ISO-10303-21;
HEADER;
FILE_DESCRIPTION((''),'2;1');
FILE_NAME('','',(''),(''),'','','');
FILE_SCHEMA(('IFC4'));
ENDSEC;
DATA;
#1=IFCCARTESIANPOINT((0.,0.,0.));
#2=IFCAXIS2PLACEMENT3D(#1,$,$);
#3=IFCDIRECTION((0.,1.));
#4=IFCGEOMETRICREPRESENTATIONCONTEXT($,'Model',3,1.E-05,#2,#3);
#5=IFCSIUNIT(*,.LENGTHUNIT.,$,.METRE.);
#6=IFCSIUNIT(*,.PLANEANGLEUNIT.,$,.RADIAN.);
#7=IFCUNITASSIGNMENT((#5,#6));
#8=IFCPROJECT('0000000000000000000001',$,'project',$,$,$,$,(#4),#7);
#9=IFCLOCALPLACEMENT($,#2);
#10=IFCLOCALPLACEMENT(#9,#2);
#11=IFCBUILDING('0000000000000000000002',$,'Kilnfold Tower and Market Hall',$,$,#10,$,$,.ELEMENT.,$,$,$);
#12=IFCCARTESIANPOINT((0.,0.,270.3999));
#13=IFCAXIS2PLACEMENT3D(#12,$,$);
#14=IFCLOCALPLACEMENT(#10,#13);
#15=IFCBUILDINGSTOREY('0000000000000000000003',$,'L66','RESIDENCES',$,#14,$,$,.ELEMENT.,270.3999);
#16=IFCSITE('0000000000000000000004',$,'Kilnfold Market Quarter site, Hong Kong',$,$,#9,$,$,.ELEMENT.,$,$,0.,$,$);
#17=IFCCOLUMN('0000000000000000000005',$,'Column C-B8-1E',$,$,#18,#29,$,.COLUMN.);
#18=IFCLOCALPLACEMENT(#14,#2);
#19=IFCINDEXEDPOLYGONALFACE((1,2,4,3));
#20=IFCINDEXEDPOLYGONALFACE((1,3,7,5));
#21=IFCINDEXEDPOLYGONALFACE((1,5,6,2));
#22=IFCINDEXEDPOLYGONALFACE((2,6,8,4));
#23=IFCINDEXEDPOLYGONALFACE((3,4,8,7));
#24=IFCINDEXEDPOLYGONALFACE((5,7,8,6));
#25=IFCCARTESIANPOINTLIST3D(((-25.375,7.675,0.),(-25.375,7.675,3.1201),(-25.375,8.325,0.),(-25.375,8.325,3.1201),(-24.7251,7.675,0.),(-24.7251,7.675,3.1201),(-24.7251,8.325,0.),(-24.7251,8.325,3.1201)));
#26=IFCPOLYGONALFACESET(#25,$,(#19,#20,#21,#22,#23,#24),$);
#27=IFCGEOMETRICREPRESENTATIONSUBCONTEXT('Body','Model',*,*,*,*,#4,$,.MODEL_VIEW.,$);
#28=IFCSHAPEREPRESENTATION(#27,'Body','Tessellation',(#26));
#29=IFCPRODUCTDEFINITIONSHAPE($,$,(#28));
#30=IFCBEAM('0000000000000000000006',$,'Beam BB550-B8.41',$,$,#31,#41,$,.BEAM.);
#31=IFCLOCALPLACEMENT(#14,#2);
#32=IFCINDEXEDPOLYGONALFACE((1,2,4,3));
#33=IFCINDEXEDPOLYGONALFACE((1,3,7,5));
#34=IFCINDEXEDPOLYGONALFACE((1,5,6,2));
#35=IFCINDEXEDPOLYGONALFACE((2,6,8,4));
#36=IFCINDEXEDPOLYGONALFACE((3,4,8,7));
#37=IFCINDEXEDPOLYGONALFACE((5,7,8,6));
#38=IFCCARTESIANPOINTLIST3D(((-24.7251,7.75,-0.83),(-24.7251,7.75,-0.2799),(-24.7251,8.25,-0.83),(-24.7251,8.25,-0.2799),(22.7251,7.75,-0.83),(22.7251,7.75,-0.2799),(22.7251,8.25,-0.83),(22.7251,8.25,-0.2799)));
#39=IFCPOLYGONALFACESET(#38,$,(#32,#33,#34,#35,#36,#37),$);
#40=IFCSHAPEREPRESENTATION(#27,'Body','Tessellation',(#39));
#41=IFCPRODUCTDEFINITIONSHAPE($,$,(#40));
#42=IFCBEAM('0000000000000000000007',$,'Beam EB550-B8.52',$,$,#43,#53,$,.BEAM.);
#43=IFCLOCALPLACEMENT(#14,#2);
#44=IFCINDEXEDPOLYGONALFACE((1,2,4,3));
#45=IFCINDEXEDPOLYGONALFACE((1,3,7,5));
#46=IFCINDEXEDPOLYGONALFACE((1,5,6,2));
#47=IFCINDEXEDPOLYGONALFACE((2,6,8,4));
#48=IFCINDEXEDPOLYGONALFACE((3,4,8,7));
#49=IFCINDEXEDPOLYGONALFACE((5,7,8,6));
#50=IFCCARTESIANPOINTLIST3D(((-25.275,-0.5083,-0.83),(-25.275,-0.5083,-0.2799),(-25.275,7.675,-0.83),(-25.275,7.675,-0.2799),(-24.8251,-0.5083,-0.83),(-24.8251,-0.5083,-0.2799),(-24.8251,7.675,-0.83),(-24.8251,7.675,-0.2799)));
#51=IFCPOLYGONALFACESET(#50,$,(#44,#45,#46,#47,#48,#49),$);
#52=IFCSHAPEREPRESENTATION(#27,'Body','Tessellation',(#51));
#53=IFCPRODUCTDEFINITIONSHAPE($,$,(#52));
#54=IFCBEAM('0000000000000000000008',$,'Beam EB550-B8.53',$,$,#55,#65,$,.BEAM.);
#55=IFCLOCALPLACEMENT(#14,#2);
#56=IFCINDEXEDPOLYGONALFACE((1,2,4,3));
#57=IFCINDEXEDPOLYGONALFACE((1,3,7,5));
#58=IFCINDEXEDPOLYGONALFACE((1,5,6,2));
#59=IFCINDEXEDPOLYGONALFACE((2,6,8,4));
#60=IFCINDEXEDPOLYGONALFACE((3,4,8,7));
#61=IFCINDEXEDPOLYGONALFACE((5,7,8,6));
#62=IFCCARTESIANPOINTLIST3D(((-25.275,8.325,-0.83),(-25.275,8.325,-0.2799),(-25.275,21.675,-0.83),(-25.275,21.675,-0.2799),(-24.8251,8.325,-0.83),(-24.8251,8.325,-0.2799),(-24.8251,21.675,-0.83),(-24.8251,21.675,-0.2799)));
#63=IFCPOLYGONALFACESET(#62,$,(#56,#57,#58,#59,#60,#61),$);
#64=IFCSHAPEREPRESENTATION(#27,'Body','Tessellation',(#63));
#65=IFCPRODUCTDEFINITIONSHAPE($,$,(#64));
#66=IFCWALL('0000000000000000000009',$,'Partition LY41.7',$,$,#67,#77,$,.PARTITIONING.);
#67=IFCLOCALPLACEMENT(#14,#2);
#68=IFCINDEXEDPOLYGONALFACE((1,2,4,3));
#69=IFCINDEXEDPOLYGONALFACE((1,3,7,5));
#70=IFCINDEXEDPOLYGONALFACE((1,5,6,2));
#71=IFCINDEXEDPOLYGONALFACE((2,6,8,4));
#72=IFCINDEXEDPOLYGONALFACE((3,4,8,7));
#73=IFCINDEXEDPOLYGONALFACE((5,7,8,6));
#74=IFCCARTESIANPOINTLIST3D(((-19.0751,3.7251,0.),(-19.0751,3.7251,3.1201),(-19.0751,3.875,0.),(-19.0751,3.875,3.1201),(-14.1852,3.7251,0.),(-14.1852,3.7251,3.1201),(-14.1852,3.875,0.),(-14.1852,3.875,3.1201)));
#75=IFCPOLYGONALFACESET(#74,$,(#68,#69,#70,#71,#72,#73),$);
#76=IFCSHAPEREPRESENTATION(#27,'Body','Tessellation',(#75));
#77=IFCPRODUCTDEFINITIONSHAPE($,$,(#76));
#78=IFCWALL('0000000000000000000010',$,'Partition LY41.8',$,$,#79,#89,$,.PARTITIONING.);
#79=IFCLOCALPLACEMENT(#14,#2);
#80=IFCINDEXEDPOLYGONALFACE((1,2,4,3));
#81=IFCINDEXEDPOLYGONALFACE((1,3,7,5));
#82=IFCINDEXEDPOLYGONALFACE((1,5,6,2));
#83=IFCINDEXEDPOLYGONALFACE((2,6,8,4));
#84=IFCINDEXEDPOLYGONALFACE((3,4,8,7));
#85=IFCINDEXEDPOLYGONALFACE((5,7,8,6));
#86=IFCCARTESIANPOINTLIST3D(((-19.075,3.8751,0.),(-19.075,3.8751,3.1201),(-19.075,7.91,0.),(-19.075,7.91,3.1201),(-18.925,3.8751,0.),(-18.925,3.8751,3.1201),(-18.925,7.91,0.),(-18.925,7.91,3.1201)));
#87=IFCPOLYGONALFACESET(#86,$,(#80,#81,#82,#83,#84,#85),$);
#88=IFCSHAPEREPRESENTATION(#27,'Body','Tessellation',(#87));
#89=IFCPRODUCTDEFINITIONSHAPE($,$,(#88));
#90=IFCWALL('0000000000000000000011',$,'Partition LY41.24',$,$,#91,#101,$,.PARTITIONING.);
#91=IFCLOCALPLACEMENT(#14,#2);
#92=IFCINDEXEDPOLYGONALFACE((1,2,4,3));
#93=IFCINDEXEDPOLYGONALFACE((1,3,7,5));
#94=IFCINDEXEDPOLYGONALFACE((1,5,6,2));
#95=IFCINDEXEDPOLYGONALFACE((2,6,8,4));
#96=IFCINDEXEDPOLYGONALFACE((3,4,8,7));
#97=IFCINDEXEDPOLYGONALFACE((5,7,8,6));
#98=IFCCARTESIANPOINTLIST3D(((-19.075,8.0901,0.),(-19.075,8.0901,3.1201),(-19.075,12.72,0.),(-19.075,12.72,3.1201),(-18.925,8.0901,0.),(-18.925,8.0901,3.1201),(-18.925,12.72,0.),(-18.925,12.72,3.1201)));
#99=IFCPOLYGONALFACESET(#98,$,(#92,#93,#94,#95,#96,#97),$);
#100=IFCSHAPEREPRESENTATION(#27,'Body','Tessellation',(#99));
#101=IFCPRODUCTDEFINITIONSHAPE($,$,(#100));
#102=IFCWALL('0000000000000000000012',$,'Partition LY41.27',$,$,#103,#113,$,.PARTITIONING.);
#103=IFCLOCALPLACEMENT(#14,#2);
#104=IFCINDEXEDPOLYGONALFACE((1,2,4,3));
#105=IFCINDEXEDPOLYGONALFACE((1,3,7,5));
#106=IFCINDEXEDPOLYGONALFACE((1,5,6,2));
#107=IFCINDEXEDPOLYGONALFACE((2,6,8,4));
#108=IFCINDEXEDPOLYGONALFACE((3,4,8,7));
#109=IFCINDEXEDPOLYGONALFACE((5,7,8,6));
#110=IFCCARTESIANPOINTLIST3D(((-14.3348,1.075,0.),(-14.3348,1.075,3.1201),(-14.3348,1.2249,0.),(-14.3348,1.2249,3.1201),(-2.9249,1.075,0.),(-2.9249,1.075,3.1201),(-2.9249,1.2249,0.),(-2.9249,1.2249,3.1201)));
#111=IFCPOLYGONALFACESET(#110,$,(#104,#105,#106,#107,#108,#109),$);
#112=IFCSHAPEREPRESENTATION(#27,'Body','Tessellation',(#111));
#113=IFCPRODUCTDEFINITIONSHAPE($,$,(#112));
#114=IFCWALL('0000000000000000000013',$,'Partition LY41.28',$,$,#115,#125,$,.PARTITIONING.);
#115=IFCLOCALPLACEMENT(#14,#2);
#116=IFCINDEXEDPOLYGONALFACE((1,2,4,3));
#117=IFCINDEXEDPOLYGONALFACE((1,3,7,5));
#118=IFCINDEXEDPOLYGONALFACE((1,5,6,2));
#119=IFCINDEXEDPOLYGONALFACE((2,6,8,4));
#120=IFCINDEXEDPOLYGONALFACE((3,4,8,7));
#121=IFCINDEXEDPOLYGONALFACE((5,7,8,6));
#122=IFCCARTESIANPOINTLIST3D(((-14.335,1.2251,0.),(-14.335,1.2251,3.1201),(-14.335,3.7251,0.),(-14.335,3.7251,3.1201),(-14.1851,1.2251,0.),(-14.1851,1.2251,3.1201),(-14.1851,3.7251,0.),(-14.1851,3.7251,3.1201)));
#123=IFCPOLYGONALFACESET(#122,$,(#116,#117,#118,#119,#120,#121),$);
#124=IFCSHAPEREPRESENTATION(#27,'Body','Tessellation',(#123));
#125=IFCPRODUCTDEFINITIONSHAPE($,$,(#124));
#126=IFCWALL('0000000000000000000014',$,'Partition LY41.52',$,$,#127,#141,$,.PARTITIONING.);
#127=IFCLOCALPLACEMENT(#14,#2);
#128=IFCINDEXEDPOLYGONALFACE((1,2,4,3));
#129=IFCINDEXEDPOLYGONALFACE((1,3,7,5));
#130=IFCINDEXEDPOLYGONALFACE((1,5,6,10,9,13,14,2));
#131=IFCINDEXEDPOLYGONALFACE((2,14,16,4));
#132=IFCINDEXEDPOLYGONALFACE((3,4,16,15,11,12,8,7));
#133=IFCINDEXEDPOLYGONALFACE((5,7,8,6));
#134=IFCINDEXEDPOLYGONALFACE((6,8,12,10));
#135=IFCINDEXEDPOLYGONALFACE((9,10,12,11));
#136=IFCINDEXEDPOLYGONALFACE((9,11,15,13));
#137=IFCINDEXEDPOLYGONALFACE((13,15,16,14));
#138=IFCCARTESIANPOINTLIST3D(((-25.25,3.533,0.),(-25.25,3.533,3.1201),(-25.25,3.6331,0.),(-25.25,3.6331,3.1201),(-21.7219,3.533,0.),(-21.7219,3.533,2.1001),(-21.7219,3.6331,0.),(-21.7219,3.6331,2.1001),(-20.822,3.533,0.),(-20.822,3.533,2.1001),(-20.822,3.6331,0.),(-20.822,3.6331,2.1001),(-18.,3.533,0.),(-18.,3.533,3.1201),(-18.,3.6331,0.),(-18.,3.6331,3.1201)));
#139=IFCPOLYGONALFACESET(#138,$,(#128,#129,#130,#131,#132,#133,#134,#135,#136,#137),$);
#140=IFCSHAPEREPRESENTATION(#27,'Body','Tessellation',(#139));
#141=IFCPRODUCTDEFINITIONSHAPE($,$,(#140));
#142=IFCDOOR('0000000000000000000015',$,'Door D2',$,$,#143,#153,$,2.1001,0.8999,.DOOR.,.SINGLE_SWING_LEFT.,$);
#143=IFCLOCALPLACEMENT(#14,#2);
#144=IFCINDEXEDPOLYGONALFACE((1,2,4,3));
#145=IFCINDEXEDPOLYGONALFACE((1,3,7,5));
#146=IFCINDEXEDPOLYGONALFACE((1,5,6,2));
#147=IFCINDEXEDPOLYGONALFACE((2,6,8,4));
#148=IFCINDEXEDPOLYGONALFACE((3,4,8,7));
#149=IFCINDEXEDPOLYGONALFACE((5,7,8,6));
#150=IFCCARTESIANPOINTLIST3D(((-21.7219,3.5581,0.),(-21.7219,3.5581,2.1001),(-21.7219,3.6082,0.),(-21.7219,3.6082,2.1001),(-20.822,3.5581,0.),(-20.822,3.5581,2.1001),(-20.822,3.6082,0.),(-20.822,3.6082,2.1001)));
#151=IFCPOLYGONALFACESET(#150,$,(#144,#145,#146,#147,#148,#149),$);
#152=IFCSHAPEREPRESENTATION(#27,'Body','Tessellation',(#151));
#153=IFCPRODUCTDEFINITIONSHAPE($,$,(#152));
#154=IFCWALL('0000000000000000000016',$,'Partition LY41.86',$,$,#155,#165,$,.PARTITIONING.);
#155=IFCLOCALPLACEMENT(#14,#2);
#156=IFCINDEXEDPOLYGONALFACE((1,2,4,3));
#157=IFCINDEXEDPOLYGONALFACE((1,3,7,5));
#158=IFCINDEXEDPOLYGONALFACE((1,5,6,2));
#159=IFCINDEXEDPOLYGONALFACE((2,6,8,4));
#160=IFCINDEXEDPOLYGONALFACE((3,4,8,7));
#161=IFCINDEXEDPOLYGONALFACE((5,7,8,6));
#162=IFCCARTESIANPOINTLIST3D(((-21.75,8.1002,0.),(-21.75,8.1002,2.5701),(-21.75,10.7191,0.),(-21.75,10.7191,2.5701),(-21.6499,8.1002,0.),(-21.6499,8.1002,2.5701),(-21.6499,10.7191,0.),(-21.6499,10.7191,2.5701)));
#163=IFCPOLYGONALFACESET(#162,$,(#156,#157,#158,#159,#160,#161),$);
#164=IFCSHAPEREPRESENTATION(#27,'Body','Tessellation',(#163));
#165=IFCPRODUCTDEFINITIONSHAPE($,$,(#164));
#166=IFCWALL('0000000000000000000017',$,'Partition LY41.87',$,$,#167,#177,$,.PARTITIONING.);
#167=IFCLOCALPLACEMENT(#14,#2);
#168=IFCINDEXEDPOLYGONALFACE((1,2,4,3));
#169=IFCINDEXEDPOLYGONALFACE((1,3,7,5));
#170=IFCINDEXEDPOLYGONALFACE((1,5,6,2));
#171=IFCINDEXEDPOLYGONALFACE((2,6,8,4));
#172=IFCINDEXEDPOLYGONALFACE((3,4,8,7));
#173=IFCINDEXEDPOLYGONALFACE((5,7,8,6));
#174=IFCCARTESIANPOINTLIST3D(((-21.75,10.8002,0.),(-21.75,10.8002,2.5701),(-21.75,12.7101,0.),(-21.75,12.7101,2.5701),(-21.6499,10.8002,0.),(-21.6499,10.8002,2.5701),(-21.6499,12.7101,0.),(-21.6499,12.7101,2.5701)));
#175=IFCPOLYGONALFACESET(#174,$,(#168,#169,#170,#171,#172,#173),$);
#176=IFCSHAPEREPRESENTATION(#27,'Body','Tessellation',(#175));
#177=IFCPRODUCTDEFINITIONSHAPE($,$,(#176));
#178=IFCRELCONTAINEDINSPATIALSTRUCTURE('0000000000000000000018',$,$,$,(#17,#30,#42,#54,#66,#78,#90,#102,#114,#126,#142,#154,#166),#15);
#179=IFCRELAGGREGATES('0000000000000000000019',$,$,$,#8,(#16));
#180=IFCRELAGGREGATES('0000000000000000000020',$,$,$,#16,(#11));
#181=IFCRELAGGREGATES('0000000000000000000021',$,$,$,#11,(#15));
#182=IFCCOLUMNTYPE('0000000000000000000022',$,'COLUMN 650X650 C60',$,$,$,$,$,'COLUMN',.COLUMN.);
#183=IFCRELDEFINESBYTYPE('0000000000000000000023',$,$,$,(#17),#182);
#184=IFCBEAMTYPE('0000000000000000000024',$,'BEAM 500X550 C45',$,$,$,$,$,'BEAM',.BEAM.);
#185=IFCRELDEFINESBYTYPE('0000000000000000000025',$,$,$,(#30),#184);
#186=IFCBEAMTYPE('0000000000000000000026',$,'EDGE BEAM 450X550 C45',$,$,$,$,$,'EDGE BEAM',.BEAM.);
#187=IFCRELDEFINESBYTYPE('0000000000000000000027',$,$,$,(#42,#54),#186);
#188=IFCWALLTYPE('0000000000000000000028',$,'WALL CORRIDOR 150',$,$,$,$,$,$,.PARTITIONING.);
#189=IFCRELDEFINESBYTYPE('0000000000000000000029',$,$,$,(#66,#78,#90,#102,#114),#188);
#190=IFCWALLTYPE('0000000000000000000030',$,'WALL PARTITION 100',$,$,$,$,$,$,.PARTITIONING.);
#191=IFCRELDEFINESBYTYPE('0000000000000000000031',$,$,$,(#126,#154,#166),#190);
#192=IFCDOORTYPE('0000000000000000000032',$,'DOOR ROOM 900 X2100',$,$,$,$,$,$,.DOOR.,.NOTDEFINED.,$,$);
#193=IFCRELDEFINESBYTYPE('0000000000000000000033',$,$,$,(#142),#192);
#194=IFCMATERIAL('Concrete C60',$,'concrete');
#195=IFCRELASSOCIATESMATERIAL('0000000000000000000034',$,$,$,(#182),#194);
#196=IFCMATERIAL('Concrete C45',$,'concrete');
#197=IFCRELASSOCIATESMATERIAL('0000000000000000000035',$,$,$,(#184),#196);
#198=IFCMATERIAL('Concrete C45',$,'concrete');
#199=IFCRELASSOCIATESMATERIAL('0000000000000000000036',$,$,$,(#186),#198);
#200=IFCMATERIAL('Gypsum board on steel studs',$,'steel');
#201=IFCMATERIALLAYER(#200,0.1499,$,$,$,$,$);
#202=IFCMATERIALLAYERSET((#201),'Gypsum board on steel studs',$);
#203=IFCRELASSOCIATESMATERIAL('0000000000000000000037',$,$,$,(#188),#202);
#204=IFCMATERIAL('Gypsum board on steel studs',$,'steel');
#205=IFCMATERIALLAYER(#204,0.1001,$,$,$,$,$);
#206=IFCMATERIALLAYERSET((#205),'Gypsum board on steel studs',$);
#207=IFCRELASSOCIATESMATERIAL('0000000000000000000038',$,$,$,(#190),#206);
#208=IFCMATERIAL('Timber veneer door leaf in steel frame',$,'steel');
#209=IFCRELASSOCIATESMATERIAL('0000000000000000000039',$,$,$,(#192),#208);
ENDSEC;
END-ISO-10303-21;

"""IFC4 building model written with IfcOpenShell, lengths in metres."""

from ifc_helpers import new_model, si_unit, direction, frame, frame_2d, origin, origin_2d, place, context, subcontext, project, spatial, rectangle, extrude, source, transform, mapped, material, layer, layer_set, material_profile, profile_set, type_object, element, fill, save


model = new_model("IFC4")

# Units and contexts
model_context = context("Model", 3, precision=1e-05, world=origin(), true_north=direction((0.0, 1.0)))
body_context = subcontext(model_context, "Body", "Model", "MODEL_VIEW")
ifc_project = project(units=[si_unit("LENGTHUNIT", "METRE"), si_unit("PLANEANGLEUNIT", "RADIAN")], contexts=[model_context])

# Site, building, storey
site_placement = place(None, origin())
site = spatial("IfcSite", under=ifc_project, at=site_placement, Name="Kilnfold Market Quarter site, Hong Kong", CompositionType="ELEMENT", RefElevation=0.0)
building_placement = place(site_placement, origin())
building = spatial("IfcBuilding", under=site, at=building_placement, Name="Kilnfold Tower and Market Hall", CompositionType="ELEMENT")
storey_placement = place(building_placement, frame((0.0, 0.0, 270.3999)))
storey = spatial("IfcBuildingStorey", under=building, at=storey_placement, Name="L66", Description="RESIDENCES", CompositionType="ELEMENT", Elevation=270.3999)

# Column
ifc_material_1 = material(Name="Concrete C60", Category="concrete")
ifc_material_profile_1 = material_profile(ifc_material_1, rectangle(XDim=0.6499, YDim=0.6499, at=origin_2d()), Name="RC 650x650")
ifc_profile_set_1 = profile_set([ifc_material_profile_1], Name="Concrete C60")
column_type = type_object("IfcColumnType", Name="COLUMN 650X650 C60", ElementType="COLUMN", PredefinedType="COLUMN", material=ifc_profile_set_1)
shared_shape_1 = source(origin(), body_context, "Body", "SweptSolid", [
    extrude(rectangle(XDim=0.6499, YDim=0.6499, at=origin_2d()), origin(), (0.0, 0.0, 1.0), 3.1201),
])
column_placement = place(storey_placement, frame((-25.05, 8.0, 0.0), z_axis=(0.0, 0.0, 1.0), x_axis=(1.0, 0.0, 0.0)))
element("IfcColumn", 1, at=column_placement, inside=storey, type_object=column_type, Name="Column C-B8-1E", PredefinedType="COLUMN", context=body_context, shape_type="MappedRepresentation", body=[
    mapped(shared_shape_1, transform((0.0, 0.0, 0.0))),
])

# Beams
ifc_material_2 = material(Name="Concrete C45", Category="concrete")
ifc_material_profile_2 = material_profile(ifc_material_2, rectangle(XDim=0.5, YDim=0.55, at=origin_2d()), Name="RC 500x550")
ifc_profile_set_2 = profile_set([ifc_material_profile_2], Name="Concrete C45")
beam_type_1 = type_object("IfcBeamType", Name="BEAM 500X550 C45", ElementType="BEAM", PredefinedType="BEAM", material=ifc_profile_set_2)
shared_shape_2 = source(origin(), body_context, "Body", "SweptSolid", [
    extrude(rectangle(XDim=0.5, YDim=0.55, at=origin_2d()), origin(), (0.0, 0.0, 1.0), 47.4502),
])
beam_1_placement = place(storey_placement, frame((-24.7251, 8.0, -0.5549), z_axis=(1.0, 0.0, 0.0), x_axis=(0.0, 1.0, 0.0)))
element("IfcBeam", 2, at=beam_1_placement, inside=storey, type_object=beam_type_1, Name="Beam BB550-B8.41", PredefinedType="BEAM", context=body_context, shape_type="MappedRepresentation", body=[
    mapped(shared_shape_2, transform((0.0, 0.0, 0.0))),
])
ifc_material_3 = material(Name="Concrete C45", Category="concrete")
ifc_material_profile_3 = material_profile(ifc_material_3, rectangle(XDim=0.45, YDim=0.55, at=origin_2d()), Name="RC 450x550")
ifc_profile_set_3 = profile_set([ifc_material_profile_3], Name="Concrete C45")
beam_type_2 = type_object("IfcBeamType", Name="EDGE BEAM 450X550 C45", ElementType="EDGE BEAM", PredefinedType="BEAM", material=ifc_profile_set_3)
shared_shape_3 = source(origin(), body_context, "Body", "SweptSolid", [
    extrude(rectangle(XDim=0.45, YDim=0.55, at=origin_2d()), origin(), (0.0, 0.0, 1.0), 8.1833),
])
beam_2_placement = place(storey_placement, frame((-25.05, -0.5083, -0.5549), z_axis=(0.0, 1.0, 0.0), x_axis=(-1.0, 0.0, 0.0)))
element("IfcBeam", 3, at=beam_2_placement, inside=storey, type_object=beam_type_2, Name="Beam EB550-B8.52", PredefinedType="BEAM", context=body_context, shape_type="MappedRepresentation", body=[
    mapped(shared_shape_3, transform((0.0, 0.0, 0.0))),
])
shared_shape_4 = source(origin(), body_context, "Body", "SweptSolid", [
    extrude(rectangle(XDim=0.45, YDim=0.55, at=origin_2d()), origin(), (0.0, 0.0, 1.0), 13.3501),
])
beam_3_placement = place(storey_placement, frame((-25.05, 8.325, -0.5549), z_axis=(0.0, 1.0, 0.0), x_axis=(-1.0, 0.0, 0.0)))
element("IfcBeam", 4, at=beam_3_placement, inside=storey, type_object=beam_type_2, Name="Beam EB550-B8.53", PredefinedType="BEAM", context=body_context, shape_type="MappedRepresentation", body=[
    mapped(shared_shape_4, transform((0.0, 0.0, 0.0))),
])

# Walls
ifc_material_4 = material(Name="Gypsum board on steel studs", Category="steel")
ifc_layer_1 = layer(ifc_material_4, 0.1499)
ifc_layer_set_1 = layer_set([ifc_layer_1], Name="Gypsum board on steel studs")
wall_type_1 = type_object("IfcWallType", Name="WALL CORRIDOR 150", PredefinedType="PARTITIONING", material=ifc_layer_set_1)
wall_1_placement = place(storey_placement, frame((-19.075, 3.8, 0.0), z_axis=(0.0, 0.0, 1.0), x_axis=(1.0, 0.0, 0.0)))
element("IfcWall", 5, at=wall_1_placement, inside=storey, type_object=wall_type_1, Name="Partition LY41.7", PredefinedType="PARTITIONING", context=body_context, shape_type="SweptSolid", body=[
    extrude(rectangle(XDim=4.8899, YDim=0.1499, at=frame_2d((2.4448, 0.0))), origin(), (0.0, 0.0, 1.0), 3.1201),
])
wall_2_placement = place(storey_placement, frame((-19.0, 3.875, 0.0), z_axis=(0.0, 0.0, 1.0), x_axis=(0.0, 1.0, 0.0)))
element("IfcWall", 6, at=wall_2_placement, inside=storey, type_object=wall_type_1, Name="Partition LY41.8", PredefinedType="PARTITIONING", context=body_context, shape_type="SweptSolid", body=[
    extrude(rectangle(XDim=4.0349, YDim=0.1499, at=frame_2d((2.0176, 0.0))), origin(), (0.0, 0.0, 1.0), 3.1201),
])
wall_3_placement = place(storey_placement, frame((-19.0, 8.0901, 0.0), z_axis=(0.0, 0.0, 1.0), x_axis=(0.0, 1.0, 0.0)))
element("IfcWall", 7, at=wall_3_placement, inside=storey, type_object=wall_type_1, Name="Partition LY41.24", PredefinedType="PARTITIONING", context=body_context, shape_type="SweptSolid", body=[
    extrude(rectangle(XDim=4.6299, YDim=0.1499, at=frame_2d((2.3149, 0.0))), origin(), (0.0, 0.0, 1.0), 3.1201),
])
wall_4_placement = place(storey_placement, frame((-14.335, 1.1499, 0.0), z_axis=(0.0, 0.0, 1.0), x_axis=(1.0, 0.0, 0.0)))
element("IfcWall", 8, at=wall_4_placement, inside=storey, type_object=wall_type_1, Name="Partition LY41.27", PredefinedType="PARTITIONING", context=body_context, shape_type="SweptSolid", body=[
    extrude(rectangle(XDim=11.4099, YDim=0.1499, at=frame_2d((5.7051, 0.0))), origin(), (0.0, 0.0, 1.0), 3.1201),
])
wall_5_placement = place(storey_placement, frame((-14.26, 3.7251, 0.0), z_axis=(0.0, 0.0, 1.0), x_axis=(0.0, -1.0, 0.0)))
element("IfcWall", 9, at=wall_5_placement, inside=storey, type_object=wall_type_1, Name="Partition LY41.28", PredefinedType="PARTITIONING", context=body_context, shape_type="SweptSolid", body=[
    extrude(rectangle(XDim=2.5, YDim=0.1499, at=frame_2d((1.25, 0.0))), origin(), (0.0, 0.0, 1.0), 3.1201),
])

# Wall, opening, door
ifc_material_5 = material(Name="Gypsum board on steel studs", Category="steel")
ifc_layer_2 = layer(ifc_material_5, 0.1001)
ifc_layer_set_2 = layer_set([ifc_layer_2], Name="Gypsum board on steel studs")
wall_type_2 = type_object("IfcWallType", Name="WALL PARTITION 100", PredefinedType="PARTITIONING", material=ifc_layer_set_2)
wall_6_placement = place(storey_placement, frame((-18.0, 3.583, 0.0), z_axis=(0.0, 0.0, 1.0), x_axis=(-1.0, 0.0, 0.0)))
wall_6 = element("IfcWall", 10, at=wall_6_placement, inside=storey, type_object=wall_type_2, Name="Partition LY41.52", PredefinedType="PARTITIONING", context=body_context, shape_type="SweptSolid", body=[
    extrude(rectangle(XDim=7.25, YDim=0.1001, at=frame_2d((3.625, 0.0))), origin(), (0.0, 0.0, 1.0), 3.1201),
])
opening_1_placement = place(wall_6_placement, frame((2.822, 0.0, 0.0)))
opening_1 = element("IfcOpeningElement", 11, at=opening_1_placement, cuts=wall_6, PredefinedType="OPENING", context=body_context, shape_type="SweptSolid", body=[
    extrude(rectangle(XDim=0.8999, YDim=2.1001, at=frame_2d((0.45, 1.05))), frame((0.0, 0.0601, 0.0), z_axis=(0.0, -1.0, 0.0), x_axis=(1.0, 0.0, 0.0)), (0.0, 0.0, 1.0), 0.1201),
])
ifc_material_6 = material(Name="Timber veneer door leaf in steel frame", Category="steel")
door_type_1 = type_object("IfcDoorType", Name="DOOR ROOM 900 X2100", OperationType="NOTDEFINED", PredefinedType="DOOR", material=ifc_material_6)
door_1_placement = place(opening_1_placement, origin())
door_1 = element("IfcDoor", 12, at=door_1_placement, inside=storey, type_object=door_type_1, Name="Door D2", OperationType="SINGLE_SWING_LEFT", OverallHeight=2.1001, OverallWidth=0.8999, PredefinedType="DOOR", context=body_context, shape_type="SweptSolid", body=[
    extrude(rectangle(XDim=0.8999, YDim=2.1001, at=frame_2d((0.45, 1.05))), frame((0.0, 0.0249, 0.0), z_axis=(0.0, -1.0, 0.0), x_axis=(1.0, 0.0, 0.0)), (0.0, 0.0, 1.0), 0.05),
])
fill(opening_1, door_1)

# Walls
wall_7_placement = place(storey_placement, frame((-21.7, 8.1001, 0.0), z_axis=(0.0, 0.0, 1.0), x_axis=(0.0, 1.0, 0.0)))
element("IfcWall", 13, at=wall_7_placement, inside=storey, type_object=wall_type_2, Name="Partition LY41.86", PredefinedType="PARTITIONING", context=body_context, shape_type="SweptSolid", body=[
    extrude(rectangle(XDim=2.6189, YDim=0.1001, at=frame_2d((1.3096, 0.0))), origin(), (0.0, 0.0, 1.0), 2.5701),
])
wall_8_placement = place(storey_placement, frame((-21.7, 10.8, 0.0), z_axis=(0.0, 0.0, 1.0), x_axis=(0.0, 1.0, 0.0)))
element("IfcWall", 14, at=wall_8_placement, inside=storey, type_object=wall_type_2, Name="Partition LY41.87", PredefinedType="PARTITIONING", context=body_context, shape_type="SweptSolid", body=[
    extrude(rectangle(XDim=1.9099, YDim=0.1001, at=frame_2d((0.9551, 0.0))), origin(), (0.0, 0.0, 1.0), 2.5701),
])

save(model, "model.ifc")
